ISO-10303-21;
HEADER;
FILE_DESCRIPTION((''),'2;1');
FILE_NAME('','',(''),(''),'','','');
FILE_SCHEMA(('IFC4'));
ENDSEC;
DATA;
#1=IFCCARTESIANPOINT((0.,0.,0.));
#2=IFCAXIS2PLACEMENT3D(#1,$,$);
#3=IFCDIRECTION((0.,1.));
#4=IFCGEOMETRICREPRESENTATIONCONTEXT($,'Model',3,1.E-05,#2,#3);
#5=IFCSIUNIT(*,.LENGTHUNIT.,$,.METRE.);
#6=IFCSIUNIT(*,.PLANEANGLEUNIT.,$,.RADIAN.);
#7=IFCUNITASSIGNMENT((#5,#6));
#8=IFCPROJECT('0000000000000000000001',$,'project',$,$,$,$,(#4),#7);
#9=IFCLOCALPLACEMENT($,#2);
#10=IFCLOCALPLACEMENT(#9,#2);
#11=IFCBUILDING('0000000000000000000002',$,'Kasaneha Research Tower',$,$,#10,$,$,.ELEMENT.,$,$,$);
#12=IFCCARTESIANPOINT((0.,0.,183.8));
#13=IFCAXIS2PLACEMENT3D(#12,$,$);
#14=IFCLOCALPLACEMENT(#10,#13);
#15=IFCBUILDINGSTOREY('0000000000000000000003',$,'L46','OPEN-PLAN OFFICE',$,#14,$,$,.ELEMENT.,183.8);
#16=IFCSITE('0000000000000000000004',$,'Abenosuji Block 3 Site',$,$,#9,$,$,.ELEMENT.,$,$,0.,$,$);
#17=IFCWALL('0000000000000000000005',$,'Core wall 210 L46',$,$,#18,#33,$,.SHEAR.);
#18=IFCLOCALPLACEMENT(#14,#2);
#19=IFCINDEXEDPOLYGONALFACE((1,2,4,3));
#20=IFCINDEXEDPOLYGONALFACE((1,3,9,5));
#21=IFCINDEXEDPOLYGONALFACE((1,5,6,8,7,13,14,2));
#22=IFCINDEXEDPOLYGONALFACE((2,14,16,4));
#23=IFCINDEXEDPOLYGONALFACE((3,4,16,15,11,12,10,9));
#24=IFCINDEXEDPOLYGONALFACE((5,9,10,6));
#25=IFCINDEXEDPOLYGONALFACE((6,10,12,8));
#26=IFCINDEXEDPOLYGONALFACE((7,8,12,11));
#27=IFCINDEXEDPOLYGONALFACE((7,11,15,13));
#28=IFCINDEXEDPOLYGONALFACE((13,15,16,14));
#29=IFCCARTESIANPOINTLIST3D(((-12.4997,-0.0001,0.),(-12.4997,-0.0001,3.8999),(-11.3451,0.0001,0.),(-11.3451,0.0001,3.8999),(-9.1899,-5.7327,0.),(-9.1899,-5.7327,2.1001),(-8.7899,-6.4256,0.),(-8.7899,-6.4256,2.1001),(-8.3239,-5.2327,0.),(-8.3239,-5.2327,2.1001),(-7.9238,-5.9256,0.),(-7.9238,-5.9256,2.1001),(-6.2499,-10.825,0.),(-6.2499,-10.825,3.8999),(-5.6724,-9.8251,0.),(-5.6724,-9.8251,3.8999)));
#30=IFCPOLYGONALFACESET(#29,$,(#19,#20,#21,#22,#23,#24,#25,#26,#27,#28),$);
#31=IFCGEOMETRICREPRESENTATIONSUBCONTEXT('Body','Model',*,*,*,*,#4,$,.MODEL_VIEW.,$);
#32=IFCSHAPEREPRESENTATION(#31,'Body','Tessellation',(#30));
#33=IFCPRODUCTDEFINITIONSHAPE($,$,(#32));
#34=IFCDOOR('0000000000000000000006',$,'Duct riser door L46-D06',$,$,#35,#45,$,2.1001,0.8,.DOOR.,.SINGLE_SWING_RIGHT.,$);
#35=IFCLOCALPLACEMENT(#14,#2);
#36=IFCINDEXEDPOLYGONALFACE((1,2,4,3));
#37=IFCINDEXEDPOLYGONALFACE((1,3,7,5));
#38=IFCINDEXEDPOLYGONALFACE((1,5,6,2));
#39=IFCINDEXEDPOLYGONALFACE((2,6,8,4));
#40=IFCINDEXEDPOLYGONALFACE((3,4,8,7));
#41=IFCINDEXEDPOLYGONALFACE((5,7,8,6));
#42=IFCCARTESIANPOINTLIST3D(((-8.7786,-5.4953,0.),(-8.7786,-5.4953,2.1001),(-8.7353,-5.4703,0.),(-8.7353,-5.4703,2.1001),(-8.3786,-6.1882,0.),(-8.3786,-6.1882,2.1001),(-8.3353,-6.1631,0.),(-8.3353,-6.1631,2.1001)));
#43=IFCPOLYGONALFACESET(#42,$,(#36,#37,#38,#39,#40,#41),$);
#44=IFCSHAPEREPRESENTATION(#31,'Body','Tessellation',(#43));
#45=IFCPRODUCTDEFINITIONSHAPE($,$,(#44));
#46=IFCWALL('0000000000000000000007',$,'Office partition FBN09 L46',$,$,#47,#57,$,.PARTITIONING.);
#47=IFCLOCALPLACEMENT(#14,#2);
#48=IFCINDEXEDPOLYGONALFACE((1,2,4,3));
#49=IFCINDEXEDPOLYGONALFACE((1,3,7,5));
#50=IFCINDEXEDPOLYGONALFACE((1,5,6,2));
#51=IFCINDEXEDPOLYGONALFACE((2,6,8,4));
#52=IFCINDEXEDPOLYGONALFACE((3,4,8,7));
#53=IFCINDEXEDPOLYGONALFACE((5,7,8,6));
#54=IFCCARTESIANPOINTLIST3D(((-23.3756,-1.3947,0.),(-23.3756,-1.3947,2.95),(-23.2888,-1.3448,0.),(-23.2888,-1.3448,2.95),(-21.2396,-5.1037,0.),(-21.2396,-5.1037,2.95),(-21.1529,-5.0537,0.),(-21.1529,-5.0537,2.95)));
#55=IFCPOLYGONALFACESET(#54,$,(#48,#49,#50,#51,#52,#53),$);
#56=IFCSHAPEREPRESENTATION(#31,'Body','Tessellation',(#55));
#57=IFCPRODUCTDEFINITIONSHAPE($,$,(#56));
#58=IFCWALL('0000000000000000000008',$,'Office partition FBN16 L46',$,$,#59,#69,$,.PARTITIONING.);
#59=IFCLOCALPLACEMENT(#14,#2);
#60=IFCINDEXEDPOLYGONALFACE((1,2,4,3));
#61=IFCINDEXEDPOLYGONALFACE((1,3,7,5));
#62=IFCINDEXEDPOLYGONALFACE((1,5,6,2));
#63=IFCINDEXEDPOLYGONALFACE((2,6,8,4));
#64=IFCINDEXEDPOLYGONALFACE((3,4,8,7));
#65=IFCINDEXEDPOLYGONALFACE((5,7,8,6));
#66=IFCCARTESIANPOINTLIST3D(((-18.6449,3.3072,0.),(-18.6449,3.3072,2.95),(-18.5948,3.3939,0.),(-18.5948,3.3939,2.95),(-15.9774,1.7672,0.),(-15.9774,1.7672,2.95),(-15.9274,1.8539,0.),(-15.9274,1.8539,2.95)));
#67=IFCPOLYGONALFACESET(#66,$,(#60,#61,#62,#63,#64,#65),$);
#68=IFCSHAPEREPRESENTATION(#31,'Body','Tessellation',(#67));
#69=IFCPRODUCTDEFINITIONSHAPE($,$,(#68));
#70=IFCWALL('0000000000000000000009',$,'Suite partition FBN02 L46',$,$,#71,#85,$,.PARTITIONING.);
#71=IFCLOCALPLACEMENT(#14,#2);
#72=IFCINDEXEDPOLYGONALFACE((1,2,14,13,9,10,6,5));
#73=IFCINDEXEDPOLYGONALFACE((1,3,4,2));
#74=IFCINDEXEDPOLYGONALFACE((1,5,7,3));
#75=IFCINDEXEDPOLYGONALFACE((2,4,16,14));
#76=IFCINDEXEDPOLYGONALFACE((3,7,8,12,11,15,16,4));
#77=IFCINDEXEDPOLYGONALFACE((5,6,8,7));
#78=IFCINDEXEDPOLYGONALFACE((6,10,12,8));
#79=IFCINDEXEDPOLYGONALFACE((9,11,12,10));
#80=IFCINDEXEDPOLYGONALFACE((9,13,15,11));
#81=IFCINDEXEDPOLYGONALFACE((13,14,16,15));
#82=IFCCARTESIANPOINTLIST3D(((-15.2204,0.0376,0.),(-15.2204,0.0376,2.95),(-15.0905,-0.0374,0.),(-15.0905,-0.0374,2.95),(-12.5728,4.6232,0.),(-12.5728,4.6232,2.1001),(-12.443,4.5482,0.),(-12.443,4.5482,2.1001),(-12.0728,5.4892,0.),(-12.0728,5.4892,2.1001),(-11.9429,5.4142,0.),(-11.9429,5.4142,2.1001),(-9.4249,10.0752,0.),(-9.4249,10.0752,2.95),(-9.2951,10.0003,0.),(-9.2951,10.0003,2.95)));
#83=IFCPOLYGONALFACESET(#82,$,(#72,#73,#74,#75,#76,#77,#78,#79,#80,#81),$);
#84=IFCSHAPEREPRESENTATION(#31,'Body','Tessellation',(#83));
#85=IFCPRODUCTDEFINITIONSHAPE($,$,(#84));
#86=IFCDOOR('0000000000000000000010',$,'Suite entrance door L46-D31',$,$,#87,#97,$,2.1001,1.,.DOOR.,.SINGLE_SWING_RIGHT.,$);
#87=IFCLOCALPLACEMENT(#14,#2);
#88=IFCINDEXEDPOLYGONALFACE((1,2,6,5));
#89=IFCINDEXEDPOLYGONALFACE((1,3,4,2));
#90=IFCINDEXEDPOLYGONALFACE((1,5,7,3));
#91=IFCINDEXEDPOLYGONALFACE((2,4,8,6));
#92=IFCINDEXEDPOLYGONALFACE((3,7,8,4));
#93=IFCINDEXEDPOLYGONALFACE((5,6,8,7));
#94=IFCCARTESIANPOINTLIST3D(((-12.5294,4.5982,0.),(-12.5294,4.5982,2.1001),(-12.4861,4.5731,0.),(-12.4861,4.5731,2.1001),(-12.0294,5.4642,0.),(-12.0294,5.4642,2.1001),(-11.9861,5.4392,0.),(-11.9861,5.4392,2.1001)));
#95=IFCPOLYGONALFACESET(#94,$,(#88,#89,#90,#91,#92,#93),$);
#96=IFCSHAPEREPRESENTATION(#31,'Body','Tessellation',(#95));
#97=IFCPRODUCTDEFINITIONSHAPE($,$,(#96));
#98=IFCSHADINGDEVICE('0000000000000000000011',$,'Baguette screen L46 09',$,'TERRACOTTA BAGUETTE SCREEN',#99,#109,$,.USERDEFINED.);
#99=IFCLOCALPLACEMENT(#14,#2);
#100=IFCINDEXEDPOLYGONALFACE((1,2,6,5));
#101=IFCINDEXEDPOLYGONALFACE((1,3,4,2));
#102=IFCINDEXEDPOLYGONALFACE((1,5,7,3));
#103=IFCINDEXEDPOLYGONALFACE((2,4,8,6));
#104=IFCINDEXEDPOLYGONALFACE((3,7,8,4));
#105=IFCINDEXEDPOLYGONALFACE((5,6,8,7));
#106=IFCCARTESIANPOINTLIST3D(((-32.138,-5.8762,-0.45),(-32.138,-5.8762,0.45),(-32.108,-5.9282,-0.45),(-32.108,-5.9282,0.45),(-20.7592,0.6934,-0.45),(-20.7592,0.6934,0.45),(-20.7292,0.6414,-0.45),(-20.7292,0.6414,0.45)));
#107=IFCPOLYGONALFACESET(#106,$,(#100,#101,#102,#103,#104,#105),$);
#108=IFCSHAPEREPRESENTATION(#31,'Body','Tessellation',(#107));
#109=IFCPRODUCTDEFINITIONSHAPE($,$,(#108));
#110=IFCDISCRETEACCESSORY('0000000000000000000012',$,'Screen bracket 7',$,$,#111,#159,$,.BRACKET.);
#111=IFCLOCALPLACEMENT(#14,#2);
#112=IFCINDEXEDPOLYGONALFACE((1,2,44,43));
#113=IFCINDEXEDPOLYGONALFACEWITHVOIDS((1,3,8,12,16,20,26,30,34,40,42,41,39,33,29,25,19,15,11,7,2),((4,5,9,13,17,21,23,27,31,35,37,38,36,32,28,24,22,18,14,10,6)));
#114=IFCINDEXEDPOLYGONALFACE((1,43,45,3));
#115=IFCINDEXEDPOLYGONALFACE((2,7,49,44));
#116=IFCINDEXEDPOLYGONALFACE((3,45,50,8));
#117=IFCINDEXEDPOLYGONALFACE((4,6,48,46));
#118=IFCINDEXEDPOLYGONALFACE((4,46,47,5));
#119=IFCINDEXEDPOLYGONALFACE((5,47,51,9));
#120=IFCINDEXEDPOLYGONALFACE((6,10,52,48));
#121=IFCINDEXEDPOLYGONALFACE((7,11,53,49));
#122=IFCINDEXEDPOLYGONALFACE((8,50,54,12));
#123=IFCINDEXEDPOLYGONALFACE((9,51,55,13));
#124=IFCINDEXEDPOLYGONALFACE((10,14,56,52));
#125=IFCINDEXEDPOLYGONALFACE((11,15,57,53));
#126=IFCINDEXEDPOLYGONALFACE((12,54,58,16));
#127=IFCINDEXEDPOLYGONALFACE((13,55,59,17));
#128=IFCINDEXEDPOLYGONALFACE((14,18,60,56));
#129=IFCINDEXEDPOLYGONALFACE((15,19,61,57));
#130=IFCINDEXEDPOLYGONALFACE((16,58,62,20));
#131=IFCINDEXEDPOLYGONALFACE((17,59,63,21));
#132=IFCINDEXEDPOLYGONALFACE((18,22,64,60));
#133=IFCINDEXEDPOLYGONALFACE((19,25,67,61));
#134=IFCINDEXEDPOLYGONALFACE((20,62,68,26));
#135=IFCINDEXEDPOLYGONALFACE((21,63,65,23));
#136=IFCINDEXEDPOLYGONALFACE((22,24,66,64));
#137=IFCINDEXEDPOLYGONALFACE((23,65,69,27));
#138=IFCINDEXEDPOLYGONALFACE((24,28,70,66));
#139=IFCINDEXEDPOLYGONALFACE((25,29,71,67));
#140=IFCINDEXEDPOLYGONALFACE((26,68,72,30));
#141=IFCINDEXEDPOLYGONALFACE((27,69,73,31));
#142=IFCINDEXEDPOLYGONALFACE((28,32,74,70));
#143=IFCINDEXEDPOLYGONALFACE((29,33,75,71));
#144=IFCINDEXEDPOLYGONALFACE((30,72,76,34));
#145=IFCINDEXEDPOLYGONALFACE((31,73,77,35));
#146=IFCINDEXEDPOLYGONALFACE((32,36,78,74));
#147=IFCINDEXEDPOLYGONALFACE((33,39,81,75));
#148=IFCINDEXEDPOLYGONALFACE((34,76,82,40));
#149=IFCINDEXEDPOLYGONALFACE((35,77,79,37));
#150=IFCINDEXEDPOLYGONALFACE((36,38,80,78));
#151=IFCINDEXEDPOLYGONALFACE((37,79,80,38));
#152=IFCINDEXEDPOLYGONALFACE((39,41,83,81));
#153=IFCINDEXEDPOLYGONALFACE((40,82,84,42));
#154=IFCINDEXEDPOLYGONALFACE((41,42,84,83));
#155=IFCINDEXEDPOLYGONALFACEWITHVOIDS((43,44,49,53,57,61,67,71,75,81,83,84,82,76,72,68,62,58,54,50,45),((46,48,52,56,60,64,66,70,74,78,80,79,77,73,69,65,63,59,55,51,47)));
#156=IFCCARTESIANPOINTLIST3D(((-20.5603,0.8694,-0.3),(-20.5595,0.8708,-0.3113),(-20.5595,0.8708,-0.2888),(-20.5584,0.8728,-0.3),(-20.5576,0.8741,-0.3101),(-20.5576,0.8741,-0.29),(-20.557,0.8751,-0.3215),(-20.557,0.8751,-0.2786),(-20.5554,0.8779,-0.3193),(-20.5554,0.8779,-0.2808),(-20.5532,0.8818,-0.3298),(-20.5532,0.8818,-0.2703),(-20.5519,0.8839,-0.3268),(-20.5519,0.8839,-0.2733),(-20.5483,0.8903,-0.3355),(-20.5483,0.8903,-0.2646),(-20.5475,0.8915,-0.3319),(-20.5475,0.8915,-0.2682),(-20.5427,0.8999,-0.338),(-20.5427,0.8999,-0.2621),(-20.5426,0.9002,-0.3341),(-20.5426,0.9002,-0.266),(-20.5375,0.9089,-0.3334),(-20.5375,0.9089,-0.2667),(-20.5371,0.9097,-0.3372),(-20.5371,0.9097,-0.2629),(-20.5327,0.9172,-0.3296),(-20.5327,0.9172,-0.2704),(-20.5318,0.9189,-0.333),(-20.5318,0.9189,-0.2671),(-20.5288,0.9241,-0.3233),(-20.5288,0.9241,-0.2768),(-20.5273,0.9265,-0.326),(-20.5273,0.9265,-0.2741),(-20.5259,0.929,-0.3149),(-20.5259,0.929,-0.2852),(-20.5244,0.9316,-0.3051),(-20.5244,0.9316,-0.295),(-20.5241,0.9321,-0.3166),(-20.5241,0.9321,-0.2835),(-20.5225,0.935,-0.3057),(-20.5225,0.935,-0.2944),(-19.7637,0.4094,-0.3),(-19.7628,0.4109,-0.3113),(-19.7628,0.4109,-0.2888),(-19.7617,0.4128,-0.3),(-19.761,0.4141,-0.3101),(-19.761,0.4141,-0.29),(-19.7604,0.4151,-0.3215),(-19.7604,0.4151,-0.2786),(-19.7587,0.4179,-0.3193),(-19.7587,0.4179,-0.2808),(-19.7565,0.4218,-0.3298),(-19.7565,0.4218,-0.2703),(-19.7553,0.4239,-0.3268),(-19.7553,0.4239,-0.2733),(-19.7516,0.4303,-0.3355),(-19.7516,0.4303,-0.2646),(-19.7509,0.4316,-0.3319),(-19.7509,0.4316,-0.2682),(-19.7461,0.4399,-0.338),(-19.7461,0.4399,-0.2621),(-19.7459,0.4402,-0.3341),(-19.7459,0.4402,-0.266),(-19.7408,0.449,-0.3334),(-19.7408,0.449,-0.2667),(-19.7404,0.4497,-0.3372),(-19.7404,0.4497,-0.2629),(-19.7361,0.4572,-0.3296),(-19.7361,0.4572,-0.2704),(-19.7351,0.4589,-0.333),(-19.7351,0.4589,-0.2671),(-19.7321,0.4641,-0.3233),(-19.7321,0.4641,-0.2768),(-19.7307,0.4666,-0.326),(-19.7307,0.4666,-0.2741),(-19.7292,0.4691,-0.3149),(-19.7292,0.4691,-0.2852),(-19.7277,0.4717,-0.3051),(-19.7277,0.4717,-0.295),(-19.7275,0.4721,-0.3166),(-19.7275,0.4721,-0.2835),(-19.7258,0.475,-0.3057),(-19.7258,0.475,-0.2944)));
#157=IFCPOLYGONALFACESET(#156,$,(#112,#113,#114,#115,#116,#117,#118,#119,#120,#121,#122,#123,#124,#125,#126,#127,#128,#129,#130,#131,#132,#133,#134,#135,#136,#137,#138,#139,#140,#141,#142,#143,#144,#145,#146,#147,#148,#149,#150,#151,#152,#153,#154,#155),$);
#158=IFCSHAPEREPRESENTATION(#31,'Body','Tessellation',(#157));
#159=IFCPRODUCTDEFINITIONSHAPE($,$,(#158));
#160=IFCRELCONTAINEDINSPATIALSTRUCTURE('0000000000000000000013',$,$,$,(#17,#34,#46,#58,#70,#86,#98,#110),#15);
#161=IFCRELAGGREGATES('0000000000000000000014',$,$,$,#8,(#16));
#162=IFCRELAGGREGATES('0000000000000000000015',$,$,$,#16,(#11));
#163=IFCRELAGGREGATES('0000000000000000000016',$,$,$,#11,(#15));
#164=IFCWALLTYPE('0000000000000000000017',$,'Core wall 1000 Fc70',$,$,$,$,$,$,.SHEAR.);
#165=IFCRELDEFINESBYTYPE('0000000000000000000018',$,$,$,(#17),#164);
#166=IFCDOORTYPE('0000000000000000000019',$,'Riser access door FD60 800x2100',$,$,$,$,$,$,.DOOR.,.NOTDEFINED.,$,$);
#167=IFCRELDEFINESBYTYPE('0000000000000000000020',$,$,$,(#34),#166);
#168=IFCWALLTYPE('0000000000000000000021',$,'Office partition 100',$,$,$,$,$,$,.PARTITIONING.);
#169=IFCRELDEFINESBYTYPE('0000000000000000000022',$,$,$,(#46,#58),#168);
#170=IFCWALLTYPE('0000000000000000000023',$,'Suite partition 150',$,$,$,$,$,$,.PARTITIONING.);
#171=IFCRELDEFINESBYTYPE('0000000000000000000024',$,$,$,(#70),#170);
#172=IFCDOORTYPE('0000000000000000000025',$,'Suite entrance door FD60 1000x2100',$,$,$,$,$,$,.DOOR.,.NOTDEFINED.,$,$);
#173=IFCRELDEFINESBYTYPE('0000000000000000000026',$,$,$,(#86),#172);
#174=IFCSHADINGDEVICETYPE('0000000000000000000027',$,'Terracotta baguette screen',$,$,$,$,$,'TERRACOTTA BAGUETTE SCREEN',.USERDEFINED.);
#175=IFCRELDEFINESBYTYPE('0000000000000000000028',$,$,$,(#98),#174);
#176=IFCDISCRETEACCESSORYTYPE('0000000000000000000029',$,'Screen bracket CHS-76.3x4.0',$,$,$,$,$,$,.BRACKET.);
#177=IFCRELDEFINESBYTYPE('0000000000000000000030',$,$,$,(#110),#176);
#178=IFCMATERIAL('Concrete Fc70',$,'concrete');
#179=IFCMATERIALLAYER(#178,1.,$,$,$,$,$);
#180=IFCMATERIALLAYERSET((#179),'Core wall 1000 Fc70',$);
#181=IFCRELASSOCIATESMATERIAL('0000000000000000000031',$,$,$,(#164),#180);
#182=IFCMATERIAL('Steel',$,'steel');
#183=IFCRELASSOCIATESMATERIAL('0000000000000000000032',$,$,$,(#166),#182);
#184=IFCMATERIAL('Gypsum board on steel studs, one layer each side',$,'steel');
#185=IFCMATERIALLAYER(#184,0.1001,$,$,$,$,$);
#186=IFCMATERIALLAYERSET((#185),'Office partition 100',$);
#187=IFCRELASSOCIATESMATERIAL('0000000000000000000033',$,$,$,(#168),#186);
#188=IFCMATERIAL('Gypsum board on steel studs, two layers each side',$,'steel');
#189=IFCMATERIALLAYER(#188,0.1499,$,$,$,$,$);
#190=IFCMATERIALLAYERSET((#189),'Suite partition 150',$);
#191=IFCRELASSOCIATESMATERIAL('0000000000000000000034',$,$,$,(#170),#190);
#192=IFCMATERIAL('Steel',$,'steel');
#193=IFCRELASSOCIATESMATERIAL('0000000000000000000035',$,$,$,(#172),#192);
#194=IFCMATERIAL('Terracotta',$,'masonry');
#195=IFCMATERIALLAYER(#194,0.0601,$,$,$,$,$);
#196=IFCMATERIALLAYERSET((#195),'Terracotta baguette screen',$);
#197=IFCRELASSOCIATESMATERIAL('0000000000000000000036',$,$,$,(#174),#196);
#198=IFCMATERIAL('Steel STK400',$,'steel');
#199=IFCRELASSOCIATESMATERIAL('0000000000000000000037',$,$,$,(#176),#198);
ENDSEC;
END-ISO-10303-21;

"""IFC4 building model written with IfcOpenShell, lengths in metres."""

from ifc_helpers import new_model, si_unit, direction, frame, frame_2d, origin, origin_2d, place, context, subcontext, project, spatial, polyline, rectangle, hollow_circle, outline, extrude, material, layer, layer_set, material_profile, profile_set, type_object, element, fill, save


model = new_model("IFC4")

# Units and contexts
model_context = context("Model", 3, precision=1e-05, world=origin(), true_north=direction((0.0, 1.0)))
body_context = subcontext(model_context, "Body", "Model", "MODEL_VIEW")
ifc_project = project(units=[si_unit("LENGTHUNIT", "METRE"), si_unit("PLANEANGLEUNIT", "RADIAN")], contexts=[model_context])

# Site, building, storey
site_placement = place(None, origin())
site = spatial("IfcSite", under=ifc_project, at=site_placement, Name="Abenosuji Block 3 Site", CompositionType="ELEMENT", RefElevation=0.0)
building_placement = place(site_placement, origin())
building = spatial("IfcBuilding", under=site, at=building_placement, Name="Kasaneha Research Tower", CompositionType="ELEMENT")
storey_placement = place(building_placement, frame((0.0, 0.0, 183.8)))
storey = spatial("IfcBuildingStorey", under=building, at=storey_placement, Name="L46", Description="OPEN-PLAN OFFICE", CompositionType="ELEMENT", Elevation=183.8)

# Wall, opening, door
ifc_material_1 = material(Name="Concrete Fc70", Category="concrete")
ifc_layer_1 = layer(ifc_material_1, 1.0)
ifc_layer_set_1 = layer_set([ifc_layer_1], Name="Core wall 1000 Fc70")
wall_type_1 = type_object("IfcWallType", Name="Core wall 1000 Fc70", PredefinedType="SHEAR", material=ifc_layer_set_1)
wall_1_placement = place(storey_placement, frame((-11.9224, 0.0, 0.0), z_axis=(0.0, 0.0, 1.0), x_axis=(0.500004, -0.866023, 0.0)))
wall_1 = element("IfcWall", 1, at=wall_1_placement, inside=storey, type_object=wall_type_1, Name="Core wall 210 L46", PredefinedType="SHEAR", context=body_context, shape_type="SweptSolid", body=[
    extrude(outline(polyline([(-0.2886, -0.5), (6.3311, -0.5), (7.1311, -0.5), (12.2109, -0.5), (11.6338, 0.5), (7.1311, 0.5), (6.3311, 0.5), (0.2886, 0.5), (-0.2886, -0.5)])), origin(), (0.0, 0.0, 1.0), 3.8999),
])
opening_1_placement = place(wall_1_placement, frame((6.3311, 0.0, 0.0)))
opening_1 = element("IfcOpeningElement", 2, at=opening_1_placement, cuts=wall_1, PredefinedType="OPENING", context=body_context, shape_type="SweptSolid", body=[
    extrude(rectangle(XDim=0.8, YDim=2.1001, at=frame_2d((0.3999, 1.05))), frame((0.0, 0.51, 0.0), z_axis=(0.0, -1.0, 0.0), x_axis=(1.0, 0.0, 0.0)), (0.0, 0.0, 1.0), 1.02),
])
ifc_material_2 = material(Name="Steel", Category="steel")
door_type_1 = type_object("IfcDoorType", Name="Riser access door FD60 800x2100", OperationType="NOTDEFINED", PredefinedType="DOOR", material=ifc_material_2)
door_1_placement = place(opening_1_placement, origin())
door_1 = element("IfcDoor", 3, at=door_1_placement, inside=storey, type_object=door_type_1, Name="Duct riser door L46-D06", OperationType="SINGLE_SWING_RIGHT", OverallHeight=2.1001, OverallWidth=0.8, PredefinedType="DOOR", context=body_context, shape_type="SweptSolid", body=[
    extrude(rectangle(XDim=0.8, YDim=2.1001, at=frame_2d((0.3999, 1.05))), frame((0.0, 0.0249, 0.0), z_axis=(0.0, -1.0, 0.0), x_axis=(1.0, 0.0, 0.0)), (0.0, 0.0, 1.0), 0.05),
])
fill(opening_1, door_1)

# Walls
ifc_material_3 = material(Name="Gypsum board on steel studs, one layer each side", Category="steel")
ifc_layer_2 = layer(ifc_material_3, 0.1001)
ifc_layer_set_2 = layer_set([ifc_layer_2], Name="Office partition 100")
wall_type_2 = type_object("IfcWallType", Name="Office partition 100", PredefinedType="PARTITIONING", material=ifc_layer_set_2)
wall_2_placement = place(storey_placement, frame((-23.3323, -1.3696, 0.0), z_axis=(0.0, 0.0, 1.0), x_axis=(0.499054, -0.866571, 0.0)))
element("IfcWall", 4, at=wall_2_placement, inside=storey, type_object=wall_type_2, Name="Office partition FBN09 L46", PredefinedType="PARTITIONING", context=body_context, shape_type="SweptSolid", body=[
    extrude(rectangle(XDim=4.28, YDim=0.1001, at=frame_2d((2.1401, 0.0))), origin(), (0.0, 0.0, 1.0), 2.95),
])
wall_3_placement = place(storey_placement, frame((-15.9524, 1.8105, 0.0), z_axis=(0.0, 0.0, 1.0), x_axis=(-0.86603, 0.499992, 0.0)))
element("IfcWall", 5, at=wall_3_placement, inside=storey, type_object=wall_type_2, Name="Office partition FBN16 L46", PredefinedType="PARTITIONING", context=body_context, shape_type="SweptSolid", body=[
    extrude(rectangle(XDim=3.0801, YDim=0.1001, at=frame_2d((1.54, 0.0))), origin(), (0.0, 0.0, 1.0), 2.95),
])

# Wall, opening, door
ifc_material_4 = material(Name="Gypsum board on steel studs, two layers each side", Category="steel")
ifc_layer_3 = layer(ifc_material_4, 0.1499)
ifc_layer_set_3 = layer_set([ifc_layer_3], Name="Suite partition 150")
wall_type_3 = type_object("IfcWallType", Name="Suite partition 150", PredefinedType="PARTITIONING", material=ifc_layer_set_3)
wall_4_placement = place(storey_placement, frame((-15.1555, 0.0, 0.0), z_axis=(0.0, 0.0, 1.0), x_axis=(0.500013, 0.866018, 0.0)))
wall_4 = element("IfcWall", 6, at=wall_4_placement, inside=storey, type_object=wall_type_3, Name="Suite partition FBN02 L46", PredefinedType="PARTITIONING", context=body_context, shape_type="SweptSolid", body=[
    extrude(rectangle(XDim=11.5906, YDim=0.1499, at=frame_2d((5.7954, 0.0))), origin(), (0.0, 0.0, 1.0), 2.95),
])
opening_2_placement = place(wall_4_placement, frame((5.2952, 0.0, 0.0)))
opening_2 = element("IfcOpeningElement", 7, at=opening_2_placement, cuts=wall_4, PredefinedType="OPENING", context=body_context, shape_type="SweptSolid", body=[
    extrude(rectangle(XDim=1.0, YDim=2.1001, at=frame_2d((0.5, 1.05))), frame((0.0, 0.085, 0.0), z_axis=(0.0, -1.0, 0.0), x_axis=(1.0, 0.0, 0.0)), (0.0, 0.0, 1.0), 0.1699),
])
ifc_material_5 = material(Name="Steel", Category="steel")
door_type_2 = type_object("IfcDoorType", Name="Suite entrance door FD60 1000x2100", OperationType="NOTDEFINED", PredefinedType="DOOR", material=ifc_material_5)
door_2_placement = place(opening_2_placement, origin())
door_2 = element("IfcDoor", 8, at=door_2_placement, inside=storey, type_object=door_type_2, Name="Suite entrance door L46-D31", OperationType="SINGLE_SWING_RIGHT", OverallHeight=2.1001, OverallWidth=1.0, PredefinedType="DOOR", context=body_context, shape_type="SweptSolid", body=[
    extrude(rectangle(XDim=1.0, YDim=2.1001, at=frame_2d((0.5, 1.05))), frame((0.0, 0.0249, 0.0), z_axis=(0.0, -1.0, 0.0), x_axis=(1.0, 0.0, 0.0)), (0.0, 0.0, 1.0), 0.05),
])
fill(opening_2, door_2)

# Shading device
ifc_material_6 = material(Name="Terracotta", Category="masonry")
ifc_layer_4 = layer(ifc_material_6, 0.0601)
ifc_layer_set_4 = layer_set([ifc_layer_4], Name="Terracotta baguette screen")
shading_device_type = type_object("IfcShadingDeviceType", Name="Terracotta baguette screen", ElementType="TERRACOTTA BAGUETTE SCREEN", PredefinedType="USERDEFINED", material=ifc_layer_set_4)
shading_device_placement = place(storey_placement, frame((-26.4336, -2.6174, -0.45), z_axis=(0.0, 0.0, 1.0), x_axis=(-0.866025, -0.5, 0.0)))
element("IfcShadingDevice", 9, at=shading_device_placement, inside=storey, type_object=shading_device_type, Name="Baguette screen L46 09", ObjectType="TERRACOTTA BAGUETTE SCREEN", PredefinedType="USERDEFINED", context=body_context, shape_type="SweptSolid", body=[
    extrude(rectangle(XDim=13.1392, YDim=0.0601, at=origin_2d()), origin(), (0.0, 0.0, 1.0), 0.8999),
])

# Discrete accessory
ifc_material_7 = material(Name="Steel STK400", Category="steel")
ifc_material_profile_1 = material_profile(ifc_material_7, hollow_circle(Radius=0.0381, WallThickness=0.0039, at=origin_2d()), Name="CHS-76.3x4.0")
ifc_profile_set_1 = profile_set([ifc_material_profile_1], Name="Steel STK400")
discrete_accessory_type = type_object("IfcDiscreteAccessoryType", Name="Screen bracket CHS-76.3x4.0", PredefinedType="BRACKET", material=ifc_profile_set_1)
for number, where, z_axis, x_axis, name in (
    (10, (-19.7446, 0.4424, -0.3), (-0.866013, 0.500021, 0.0), (-0.500021, -0.866013, 0.0), "Screen bracket 7"),
):
    element("IfcDiscreteAccessory", number, at=place(storey_placement, frame(where, z_axis=z_axis, x_axis=x_axis)), inside=storey, type_object=discrete_accessory_type, Name=name, PredefinedType="BRACKET", context=body_context, shape_type="SweptSolid", body=[
        extrude(hollow_circle(Radius=0.0381, WallThickness=0.0039, at=origin_2d()), origin(), (0.0, 0.0, 1.0), 0.9199),
    ])

save(model, "model.ifc")
